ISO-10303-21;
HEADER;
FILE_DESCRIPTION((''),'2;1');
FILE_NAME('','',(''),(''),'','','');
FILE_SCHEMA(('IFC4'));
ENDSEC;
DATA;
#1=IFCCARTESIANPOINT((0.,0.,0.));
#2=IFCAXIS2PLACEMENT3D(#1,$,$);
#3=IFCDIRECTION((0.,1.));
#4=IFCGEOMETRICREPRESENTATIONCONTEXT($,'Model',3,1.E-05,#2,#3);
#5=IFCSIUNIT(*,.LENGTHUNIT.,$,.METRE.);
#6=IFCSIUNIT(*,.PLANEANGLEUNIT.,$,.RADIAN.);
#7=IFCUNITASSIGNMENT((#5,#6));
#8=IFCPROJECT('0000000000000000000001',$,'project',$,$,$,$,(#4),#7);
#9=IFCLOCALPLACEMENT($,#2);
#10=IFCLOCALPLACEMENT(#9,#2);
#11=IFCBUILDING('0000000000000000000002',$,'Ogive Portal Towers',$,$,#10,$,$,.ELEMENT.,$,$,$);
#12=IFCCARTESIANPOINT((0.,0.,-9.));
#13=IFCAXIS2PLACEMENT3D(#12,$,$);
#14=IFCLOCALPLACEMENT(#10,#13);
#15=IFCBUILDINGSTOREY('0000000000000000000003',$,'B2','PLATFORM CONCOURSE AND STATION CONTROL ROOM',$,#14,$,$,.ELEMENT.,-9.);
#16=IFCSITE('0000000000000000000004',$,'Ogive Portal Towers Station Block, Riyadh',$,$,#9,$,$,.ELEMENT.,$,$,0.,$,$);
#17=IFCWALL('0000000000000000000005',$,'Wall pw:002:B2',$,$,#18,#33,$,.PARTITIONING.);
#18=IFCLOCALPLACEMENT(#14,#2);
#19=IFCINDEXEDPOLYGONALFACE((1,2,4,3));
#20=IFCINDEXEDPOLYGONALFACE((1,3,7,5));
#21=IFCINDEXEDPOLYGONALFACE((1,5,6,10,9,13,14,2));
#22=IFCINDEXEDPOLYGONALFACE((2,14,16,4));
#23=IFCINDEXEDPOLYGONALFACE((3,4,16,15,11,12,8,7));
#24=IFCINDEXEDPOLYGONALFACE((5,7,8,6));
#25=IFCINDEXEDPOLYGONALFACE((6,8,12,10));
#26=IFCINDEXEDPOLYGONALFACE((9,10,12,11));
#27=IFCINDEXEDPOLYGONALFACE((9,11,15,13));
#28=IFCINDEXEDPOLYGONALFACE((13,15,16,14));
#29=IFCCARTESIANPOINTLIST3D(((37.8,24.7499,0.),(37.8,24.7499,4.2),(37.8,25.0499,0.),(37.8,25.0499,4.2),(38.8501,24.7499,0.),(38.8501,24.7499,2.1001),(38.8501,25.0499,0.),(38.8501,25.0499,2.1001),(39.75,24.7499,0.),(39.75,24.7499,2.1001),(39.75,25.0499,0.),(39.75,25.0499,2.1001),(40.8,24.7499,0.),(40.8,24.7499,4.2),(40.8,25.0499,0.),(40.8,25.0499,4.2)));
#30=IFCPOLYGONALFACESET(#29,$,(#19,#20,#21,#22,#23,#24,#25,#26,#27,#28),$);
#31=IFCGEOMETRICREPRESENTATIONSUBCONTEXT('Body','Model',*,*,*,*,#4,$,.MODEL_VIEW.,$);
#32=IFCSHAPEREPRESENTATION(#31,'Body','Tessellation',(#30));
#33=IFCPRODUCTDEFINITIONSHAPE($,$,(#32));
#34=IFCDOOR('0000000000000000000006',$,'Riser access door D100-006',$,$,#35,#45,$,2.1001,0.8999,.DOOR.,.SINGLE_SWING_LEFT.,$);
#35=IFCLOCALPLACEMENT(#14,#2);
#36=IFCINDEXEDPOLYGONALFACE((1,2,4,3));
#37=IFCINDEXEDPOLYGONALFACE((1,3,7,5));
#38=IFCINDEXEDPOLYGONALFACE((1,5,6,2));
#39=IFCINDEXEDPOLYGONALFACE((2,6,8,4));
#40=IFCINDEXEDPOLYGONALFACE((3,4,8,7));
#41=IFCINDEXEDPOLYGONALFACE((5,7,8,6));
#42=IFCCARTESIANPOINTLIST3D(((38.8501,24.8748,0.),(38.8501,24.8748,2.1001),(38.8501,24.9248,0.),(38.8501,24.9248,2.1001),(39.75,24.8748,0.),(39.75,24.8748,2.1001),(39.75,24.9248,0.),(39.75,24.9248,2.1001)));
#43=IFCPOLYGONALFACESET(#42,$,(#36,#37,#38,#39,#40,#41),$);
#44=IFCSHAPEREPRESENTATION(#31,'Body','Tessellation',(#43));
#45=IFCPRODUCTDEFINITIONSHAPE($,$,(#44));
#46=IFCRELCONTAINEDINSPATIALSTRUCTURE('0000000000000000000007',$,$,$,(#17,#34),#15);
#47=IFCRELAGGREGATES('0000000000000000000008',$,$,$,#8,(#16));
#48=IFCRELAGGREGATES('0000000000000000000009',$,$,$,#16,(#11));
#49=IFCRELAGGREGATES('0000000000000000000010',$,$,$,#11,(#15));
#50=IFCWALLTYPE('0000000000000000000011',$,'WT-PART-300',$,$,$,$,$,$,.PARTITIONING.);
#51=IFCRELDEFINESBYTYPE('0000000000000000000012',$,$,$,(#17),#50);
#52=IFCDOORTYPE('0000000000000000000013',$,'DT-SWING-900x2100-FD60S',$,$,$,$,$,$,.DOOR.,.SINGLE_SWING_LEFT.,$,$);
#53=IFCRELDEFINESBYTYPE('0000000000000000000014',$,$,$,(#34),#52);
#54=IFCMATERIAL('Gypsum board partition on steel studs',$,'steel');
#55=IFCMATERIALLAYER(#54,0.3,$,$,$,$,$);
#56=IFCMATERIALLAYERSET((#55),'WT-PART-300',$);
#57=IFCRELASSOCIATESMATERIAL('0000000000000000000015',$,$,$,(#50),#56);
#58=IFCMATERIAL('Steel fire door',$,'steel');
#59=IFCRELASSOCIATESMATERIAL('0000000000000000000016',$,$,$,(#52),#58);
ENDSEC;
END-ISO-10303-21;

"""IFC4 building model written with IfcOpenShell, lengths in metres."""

from ifc_helpers import new_model, si_unit, direction, frame, frame_2d, origin, place, context, subcontext, project, spatial, rectangle, extrude, material, layer, layer_set, type_object, element, fill, save


model = new_model("IFC4")

# Units and contexts
model_context = context("Model", 3, precision=1e-05, world=origin(), true_north=direction((0.0, 1.0)))
body_context = subcontext(model_context, "Body", "Model", "MODEL_VIEW")
ifc_project = project(units=[si_unit("LENGTHUNIT", "METRE"), si_unit("PLANEANGLEUNIT", "RADIAN")], contexts=[model_context])

# Site, building, storey
site_placement = place(None, origin())
site = spatial("IfcSite", under=ifc_project, at=site_placement, Name="Ogive Portal Towers Station Block, Riyadh", CompositionType="ELEMENT", RefElevation=0.0)
building_placement = place(site_placement, origin())
building = spatial("IfcBuilding", under=site, at=building_placement, Name="Ogive Portal Towers", CompositionType="ELEMENT")
storey_placement = place(building_placement, frame((0.0, 0.0, -9.0)))
storey = spatial("IfcBuildingStorey", under=building, at=storey_placement, Name="B2", Description="PLATFORM CONCOURSE AND STATION CONTROL ROOM", CompositionType="ELEMENT", Elevation=-9.0)

# Shared definitions
ifc_material_1 = material(Name="Steel fire door", Category="steel")

# Shared definitions
ifc_material_2 = material(Name="Gypsum board partition on steel studs", Category="steel")

# Wall, opening, door
ifc_layer_1 = layer(ifc_material_2, 0.3)
ifc_layer_set_1 = layer_set([ifc_layer_1], Name="WT-PART-300")
wall_type_1 = type_object("IfcWallType", Name="WT-PART-300", PredefinedType="PARTITIONING", material=ifc_layer_set_1)
wall_1_placement = place(storey_placement, frame((37.8, 24.8999, 0.0), z_axis=(0.0, 0.0, 1.0), x_axis=(1.0, 0.0, 0.0)))
wall_1 = element("IfcWall", 1, at=wall_1_placement, inside=storey, type_object=wall_type_1, Name="Wall pw:002:B2", PredefinedType="PARTITIONING", context=body_context, shape_type="SweptSolid", body=[
    extrude(rectangle(XDim=3.0, YDim=0.3, at=frame_2d((1.5, 0.0))), origin(), (0.0, 0.0, 1.0), 4.2),
])
opening_1_placement = place(wall_1_placement, frame((1.05, 0.0, 0.0)))
opening_1 = element("IfcOpeningElement", 2, at=opening_1_placement, cuts=wall_1, PredefinedType="OPENING", context=body_context, shape_type="SweptSolid", body=[
    extrude(rectangle(XDim=0.8999, YDim=2.1001, at=frame_2d((0.45, 1.05))), frame((0.0, 0.1602, 0.0), z_axis=(0.0, -1.0, 0.0), x_axis=(1.0, 0.0, 0.0)), (0.0, 0.0, 1.0), 0.3201),
])
door_type_1 = type_object("IfcDoorType", Name="DT-SWING-900x2100-FD60S", OperationType="SINGLE_SWING_LEFT", PredefinedType="DOOR", material=ifc_material_1)
door_1_placement = place(opening_1_placement, origin())
door_1 = element("IfcDoor", 3, at=door_1_placement, inside=storey, type_object=door_type_1, Name="Riser access door D100-006", OperationType="SINGLE_SWING_LEFT", OverallHeight=2.1001, OverallWidth=0.8999, PredefinedType="DOOR", context=body_context, shape_type="SweptSolid", body=[
    extrude(rectangle(XDim=0.8999, YDim=2.1001, at=frame_2d((0.45, 1.05))), frame((0.0, 0.0249, 0.0), z_axis=(0.0, -1.0, 0.0), x_axis=(1.0, 0.0, 0.0)), (0.0, 0.0, 1.0), 0.05),
])
fill(opening_1, door_1)

save(model, "model.ifc")
